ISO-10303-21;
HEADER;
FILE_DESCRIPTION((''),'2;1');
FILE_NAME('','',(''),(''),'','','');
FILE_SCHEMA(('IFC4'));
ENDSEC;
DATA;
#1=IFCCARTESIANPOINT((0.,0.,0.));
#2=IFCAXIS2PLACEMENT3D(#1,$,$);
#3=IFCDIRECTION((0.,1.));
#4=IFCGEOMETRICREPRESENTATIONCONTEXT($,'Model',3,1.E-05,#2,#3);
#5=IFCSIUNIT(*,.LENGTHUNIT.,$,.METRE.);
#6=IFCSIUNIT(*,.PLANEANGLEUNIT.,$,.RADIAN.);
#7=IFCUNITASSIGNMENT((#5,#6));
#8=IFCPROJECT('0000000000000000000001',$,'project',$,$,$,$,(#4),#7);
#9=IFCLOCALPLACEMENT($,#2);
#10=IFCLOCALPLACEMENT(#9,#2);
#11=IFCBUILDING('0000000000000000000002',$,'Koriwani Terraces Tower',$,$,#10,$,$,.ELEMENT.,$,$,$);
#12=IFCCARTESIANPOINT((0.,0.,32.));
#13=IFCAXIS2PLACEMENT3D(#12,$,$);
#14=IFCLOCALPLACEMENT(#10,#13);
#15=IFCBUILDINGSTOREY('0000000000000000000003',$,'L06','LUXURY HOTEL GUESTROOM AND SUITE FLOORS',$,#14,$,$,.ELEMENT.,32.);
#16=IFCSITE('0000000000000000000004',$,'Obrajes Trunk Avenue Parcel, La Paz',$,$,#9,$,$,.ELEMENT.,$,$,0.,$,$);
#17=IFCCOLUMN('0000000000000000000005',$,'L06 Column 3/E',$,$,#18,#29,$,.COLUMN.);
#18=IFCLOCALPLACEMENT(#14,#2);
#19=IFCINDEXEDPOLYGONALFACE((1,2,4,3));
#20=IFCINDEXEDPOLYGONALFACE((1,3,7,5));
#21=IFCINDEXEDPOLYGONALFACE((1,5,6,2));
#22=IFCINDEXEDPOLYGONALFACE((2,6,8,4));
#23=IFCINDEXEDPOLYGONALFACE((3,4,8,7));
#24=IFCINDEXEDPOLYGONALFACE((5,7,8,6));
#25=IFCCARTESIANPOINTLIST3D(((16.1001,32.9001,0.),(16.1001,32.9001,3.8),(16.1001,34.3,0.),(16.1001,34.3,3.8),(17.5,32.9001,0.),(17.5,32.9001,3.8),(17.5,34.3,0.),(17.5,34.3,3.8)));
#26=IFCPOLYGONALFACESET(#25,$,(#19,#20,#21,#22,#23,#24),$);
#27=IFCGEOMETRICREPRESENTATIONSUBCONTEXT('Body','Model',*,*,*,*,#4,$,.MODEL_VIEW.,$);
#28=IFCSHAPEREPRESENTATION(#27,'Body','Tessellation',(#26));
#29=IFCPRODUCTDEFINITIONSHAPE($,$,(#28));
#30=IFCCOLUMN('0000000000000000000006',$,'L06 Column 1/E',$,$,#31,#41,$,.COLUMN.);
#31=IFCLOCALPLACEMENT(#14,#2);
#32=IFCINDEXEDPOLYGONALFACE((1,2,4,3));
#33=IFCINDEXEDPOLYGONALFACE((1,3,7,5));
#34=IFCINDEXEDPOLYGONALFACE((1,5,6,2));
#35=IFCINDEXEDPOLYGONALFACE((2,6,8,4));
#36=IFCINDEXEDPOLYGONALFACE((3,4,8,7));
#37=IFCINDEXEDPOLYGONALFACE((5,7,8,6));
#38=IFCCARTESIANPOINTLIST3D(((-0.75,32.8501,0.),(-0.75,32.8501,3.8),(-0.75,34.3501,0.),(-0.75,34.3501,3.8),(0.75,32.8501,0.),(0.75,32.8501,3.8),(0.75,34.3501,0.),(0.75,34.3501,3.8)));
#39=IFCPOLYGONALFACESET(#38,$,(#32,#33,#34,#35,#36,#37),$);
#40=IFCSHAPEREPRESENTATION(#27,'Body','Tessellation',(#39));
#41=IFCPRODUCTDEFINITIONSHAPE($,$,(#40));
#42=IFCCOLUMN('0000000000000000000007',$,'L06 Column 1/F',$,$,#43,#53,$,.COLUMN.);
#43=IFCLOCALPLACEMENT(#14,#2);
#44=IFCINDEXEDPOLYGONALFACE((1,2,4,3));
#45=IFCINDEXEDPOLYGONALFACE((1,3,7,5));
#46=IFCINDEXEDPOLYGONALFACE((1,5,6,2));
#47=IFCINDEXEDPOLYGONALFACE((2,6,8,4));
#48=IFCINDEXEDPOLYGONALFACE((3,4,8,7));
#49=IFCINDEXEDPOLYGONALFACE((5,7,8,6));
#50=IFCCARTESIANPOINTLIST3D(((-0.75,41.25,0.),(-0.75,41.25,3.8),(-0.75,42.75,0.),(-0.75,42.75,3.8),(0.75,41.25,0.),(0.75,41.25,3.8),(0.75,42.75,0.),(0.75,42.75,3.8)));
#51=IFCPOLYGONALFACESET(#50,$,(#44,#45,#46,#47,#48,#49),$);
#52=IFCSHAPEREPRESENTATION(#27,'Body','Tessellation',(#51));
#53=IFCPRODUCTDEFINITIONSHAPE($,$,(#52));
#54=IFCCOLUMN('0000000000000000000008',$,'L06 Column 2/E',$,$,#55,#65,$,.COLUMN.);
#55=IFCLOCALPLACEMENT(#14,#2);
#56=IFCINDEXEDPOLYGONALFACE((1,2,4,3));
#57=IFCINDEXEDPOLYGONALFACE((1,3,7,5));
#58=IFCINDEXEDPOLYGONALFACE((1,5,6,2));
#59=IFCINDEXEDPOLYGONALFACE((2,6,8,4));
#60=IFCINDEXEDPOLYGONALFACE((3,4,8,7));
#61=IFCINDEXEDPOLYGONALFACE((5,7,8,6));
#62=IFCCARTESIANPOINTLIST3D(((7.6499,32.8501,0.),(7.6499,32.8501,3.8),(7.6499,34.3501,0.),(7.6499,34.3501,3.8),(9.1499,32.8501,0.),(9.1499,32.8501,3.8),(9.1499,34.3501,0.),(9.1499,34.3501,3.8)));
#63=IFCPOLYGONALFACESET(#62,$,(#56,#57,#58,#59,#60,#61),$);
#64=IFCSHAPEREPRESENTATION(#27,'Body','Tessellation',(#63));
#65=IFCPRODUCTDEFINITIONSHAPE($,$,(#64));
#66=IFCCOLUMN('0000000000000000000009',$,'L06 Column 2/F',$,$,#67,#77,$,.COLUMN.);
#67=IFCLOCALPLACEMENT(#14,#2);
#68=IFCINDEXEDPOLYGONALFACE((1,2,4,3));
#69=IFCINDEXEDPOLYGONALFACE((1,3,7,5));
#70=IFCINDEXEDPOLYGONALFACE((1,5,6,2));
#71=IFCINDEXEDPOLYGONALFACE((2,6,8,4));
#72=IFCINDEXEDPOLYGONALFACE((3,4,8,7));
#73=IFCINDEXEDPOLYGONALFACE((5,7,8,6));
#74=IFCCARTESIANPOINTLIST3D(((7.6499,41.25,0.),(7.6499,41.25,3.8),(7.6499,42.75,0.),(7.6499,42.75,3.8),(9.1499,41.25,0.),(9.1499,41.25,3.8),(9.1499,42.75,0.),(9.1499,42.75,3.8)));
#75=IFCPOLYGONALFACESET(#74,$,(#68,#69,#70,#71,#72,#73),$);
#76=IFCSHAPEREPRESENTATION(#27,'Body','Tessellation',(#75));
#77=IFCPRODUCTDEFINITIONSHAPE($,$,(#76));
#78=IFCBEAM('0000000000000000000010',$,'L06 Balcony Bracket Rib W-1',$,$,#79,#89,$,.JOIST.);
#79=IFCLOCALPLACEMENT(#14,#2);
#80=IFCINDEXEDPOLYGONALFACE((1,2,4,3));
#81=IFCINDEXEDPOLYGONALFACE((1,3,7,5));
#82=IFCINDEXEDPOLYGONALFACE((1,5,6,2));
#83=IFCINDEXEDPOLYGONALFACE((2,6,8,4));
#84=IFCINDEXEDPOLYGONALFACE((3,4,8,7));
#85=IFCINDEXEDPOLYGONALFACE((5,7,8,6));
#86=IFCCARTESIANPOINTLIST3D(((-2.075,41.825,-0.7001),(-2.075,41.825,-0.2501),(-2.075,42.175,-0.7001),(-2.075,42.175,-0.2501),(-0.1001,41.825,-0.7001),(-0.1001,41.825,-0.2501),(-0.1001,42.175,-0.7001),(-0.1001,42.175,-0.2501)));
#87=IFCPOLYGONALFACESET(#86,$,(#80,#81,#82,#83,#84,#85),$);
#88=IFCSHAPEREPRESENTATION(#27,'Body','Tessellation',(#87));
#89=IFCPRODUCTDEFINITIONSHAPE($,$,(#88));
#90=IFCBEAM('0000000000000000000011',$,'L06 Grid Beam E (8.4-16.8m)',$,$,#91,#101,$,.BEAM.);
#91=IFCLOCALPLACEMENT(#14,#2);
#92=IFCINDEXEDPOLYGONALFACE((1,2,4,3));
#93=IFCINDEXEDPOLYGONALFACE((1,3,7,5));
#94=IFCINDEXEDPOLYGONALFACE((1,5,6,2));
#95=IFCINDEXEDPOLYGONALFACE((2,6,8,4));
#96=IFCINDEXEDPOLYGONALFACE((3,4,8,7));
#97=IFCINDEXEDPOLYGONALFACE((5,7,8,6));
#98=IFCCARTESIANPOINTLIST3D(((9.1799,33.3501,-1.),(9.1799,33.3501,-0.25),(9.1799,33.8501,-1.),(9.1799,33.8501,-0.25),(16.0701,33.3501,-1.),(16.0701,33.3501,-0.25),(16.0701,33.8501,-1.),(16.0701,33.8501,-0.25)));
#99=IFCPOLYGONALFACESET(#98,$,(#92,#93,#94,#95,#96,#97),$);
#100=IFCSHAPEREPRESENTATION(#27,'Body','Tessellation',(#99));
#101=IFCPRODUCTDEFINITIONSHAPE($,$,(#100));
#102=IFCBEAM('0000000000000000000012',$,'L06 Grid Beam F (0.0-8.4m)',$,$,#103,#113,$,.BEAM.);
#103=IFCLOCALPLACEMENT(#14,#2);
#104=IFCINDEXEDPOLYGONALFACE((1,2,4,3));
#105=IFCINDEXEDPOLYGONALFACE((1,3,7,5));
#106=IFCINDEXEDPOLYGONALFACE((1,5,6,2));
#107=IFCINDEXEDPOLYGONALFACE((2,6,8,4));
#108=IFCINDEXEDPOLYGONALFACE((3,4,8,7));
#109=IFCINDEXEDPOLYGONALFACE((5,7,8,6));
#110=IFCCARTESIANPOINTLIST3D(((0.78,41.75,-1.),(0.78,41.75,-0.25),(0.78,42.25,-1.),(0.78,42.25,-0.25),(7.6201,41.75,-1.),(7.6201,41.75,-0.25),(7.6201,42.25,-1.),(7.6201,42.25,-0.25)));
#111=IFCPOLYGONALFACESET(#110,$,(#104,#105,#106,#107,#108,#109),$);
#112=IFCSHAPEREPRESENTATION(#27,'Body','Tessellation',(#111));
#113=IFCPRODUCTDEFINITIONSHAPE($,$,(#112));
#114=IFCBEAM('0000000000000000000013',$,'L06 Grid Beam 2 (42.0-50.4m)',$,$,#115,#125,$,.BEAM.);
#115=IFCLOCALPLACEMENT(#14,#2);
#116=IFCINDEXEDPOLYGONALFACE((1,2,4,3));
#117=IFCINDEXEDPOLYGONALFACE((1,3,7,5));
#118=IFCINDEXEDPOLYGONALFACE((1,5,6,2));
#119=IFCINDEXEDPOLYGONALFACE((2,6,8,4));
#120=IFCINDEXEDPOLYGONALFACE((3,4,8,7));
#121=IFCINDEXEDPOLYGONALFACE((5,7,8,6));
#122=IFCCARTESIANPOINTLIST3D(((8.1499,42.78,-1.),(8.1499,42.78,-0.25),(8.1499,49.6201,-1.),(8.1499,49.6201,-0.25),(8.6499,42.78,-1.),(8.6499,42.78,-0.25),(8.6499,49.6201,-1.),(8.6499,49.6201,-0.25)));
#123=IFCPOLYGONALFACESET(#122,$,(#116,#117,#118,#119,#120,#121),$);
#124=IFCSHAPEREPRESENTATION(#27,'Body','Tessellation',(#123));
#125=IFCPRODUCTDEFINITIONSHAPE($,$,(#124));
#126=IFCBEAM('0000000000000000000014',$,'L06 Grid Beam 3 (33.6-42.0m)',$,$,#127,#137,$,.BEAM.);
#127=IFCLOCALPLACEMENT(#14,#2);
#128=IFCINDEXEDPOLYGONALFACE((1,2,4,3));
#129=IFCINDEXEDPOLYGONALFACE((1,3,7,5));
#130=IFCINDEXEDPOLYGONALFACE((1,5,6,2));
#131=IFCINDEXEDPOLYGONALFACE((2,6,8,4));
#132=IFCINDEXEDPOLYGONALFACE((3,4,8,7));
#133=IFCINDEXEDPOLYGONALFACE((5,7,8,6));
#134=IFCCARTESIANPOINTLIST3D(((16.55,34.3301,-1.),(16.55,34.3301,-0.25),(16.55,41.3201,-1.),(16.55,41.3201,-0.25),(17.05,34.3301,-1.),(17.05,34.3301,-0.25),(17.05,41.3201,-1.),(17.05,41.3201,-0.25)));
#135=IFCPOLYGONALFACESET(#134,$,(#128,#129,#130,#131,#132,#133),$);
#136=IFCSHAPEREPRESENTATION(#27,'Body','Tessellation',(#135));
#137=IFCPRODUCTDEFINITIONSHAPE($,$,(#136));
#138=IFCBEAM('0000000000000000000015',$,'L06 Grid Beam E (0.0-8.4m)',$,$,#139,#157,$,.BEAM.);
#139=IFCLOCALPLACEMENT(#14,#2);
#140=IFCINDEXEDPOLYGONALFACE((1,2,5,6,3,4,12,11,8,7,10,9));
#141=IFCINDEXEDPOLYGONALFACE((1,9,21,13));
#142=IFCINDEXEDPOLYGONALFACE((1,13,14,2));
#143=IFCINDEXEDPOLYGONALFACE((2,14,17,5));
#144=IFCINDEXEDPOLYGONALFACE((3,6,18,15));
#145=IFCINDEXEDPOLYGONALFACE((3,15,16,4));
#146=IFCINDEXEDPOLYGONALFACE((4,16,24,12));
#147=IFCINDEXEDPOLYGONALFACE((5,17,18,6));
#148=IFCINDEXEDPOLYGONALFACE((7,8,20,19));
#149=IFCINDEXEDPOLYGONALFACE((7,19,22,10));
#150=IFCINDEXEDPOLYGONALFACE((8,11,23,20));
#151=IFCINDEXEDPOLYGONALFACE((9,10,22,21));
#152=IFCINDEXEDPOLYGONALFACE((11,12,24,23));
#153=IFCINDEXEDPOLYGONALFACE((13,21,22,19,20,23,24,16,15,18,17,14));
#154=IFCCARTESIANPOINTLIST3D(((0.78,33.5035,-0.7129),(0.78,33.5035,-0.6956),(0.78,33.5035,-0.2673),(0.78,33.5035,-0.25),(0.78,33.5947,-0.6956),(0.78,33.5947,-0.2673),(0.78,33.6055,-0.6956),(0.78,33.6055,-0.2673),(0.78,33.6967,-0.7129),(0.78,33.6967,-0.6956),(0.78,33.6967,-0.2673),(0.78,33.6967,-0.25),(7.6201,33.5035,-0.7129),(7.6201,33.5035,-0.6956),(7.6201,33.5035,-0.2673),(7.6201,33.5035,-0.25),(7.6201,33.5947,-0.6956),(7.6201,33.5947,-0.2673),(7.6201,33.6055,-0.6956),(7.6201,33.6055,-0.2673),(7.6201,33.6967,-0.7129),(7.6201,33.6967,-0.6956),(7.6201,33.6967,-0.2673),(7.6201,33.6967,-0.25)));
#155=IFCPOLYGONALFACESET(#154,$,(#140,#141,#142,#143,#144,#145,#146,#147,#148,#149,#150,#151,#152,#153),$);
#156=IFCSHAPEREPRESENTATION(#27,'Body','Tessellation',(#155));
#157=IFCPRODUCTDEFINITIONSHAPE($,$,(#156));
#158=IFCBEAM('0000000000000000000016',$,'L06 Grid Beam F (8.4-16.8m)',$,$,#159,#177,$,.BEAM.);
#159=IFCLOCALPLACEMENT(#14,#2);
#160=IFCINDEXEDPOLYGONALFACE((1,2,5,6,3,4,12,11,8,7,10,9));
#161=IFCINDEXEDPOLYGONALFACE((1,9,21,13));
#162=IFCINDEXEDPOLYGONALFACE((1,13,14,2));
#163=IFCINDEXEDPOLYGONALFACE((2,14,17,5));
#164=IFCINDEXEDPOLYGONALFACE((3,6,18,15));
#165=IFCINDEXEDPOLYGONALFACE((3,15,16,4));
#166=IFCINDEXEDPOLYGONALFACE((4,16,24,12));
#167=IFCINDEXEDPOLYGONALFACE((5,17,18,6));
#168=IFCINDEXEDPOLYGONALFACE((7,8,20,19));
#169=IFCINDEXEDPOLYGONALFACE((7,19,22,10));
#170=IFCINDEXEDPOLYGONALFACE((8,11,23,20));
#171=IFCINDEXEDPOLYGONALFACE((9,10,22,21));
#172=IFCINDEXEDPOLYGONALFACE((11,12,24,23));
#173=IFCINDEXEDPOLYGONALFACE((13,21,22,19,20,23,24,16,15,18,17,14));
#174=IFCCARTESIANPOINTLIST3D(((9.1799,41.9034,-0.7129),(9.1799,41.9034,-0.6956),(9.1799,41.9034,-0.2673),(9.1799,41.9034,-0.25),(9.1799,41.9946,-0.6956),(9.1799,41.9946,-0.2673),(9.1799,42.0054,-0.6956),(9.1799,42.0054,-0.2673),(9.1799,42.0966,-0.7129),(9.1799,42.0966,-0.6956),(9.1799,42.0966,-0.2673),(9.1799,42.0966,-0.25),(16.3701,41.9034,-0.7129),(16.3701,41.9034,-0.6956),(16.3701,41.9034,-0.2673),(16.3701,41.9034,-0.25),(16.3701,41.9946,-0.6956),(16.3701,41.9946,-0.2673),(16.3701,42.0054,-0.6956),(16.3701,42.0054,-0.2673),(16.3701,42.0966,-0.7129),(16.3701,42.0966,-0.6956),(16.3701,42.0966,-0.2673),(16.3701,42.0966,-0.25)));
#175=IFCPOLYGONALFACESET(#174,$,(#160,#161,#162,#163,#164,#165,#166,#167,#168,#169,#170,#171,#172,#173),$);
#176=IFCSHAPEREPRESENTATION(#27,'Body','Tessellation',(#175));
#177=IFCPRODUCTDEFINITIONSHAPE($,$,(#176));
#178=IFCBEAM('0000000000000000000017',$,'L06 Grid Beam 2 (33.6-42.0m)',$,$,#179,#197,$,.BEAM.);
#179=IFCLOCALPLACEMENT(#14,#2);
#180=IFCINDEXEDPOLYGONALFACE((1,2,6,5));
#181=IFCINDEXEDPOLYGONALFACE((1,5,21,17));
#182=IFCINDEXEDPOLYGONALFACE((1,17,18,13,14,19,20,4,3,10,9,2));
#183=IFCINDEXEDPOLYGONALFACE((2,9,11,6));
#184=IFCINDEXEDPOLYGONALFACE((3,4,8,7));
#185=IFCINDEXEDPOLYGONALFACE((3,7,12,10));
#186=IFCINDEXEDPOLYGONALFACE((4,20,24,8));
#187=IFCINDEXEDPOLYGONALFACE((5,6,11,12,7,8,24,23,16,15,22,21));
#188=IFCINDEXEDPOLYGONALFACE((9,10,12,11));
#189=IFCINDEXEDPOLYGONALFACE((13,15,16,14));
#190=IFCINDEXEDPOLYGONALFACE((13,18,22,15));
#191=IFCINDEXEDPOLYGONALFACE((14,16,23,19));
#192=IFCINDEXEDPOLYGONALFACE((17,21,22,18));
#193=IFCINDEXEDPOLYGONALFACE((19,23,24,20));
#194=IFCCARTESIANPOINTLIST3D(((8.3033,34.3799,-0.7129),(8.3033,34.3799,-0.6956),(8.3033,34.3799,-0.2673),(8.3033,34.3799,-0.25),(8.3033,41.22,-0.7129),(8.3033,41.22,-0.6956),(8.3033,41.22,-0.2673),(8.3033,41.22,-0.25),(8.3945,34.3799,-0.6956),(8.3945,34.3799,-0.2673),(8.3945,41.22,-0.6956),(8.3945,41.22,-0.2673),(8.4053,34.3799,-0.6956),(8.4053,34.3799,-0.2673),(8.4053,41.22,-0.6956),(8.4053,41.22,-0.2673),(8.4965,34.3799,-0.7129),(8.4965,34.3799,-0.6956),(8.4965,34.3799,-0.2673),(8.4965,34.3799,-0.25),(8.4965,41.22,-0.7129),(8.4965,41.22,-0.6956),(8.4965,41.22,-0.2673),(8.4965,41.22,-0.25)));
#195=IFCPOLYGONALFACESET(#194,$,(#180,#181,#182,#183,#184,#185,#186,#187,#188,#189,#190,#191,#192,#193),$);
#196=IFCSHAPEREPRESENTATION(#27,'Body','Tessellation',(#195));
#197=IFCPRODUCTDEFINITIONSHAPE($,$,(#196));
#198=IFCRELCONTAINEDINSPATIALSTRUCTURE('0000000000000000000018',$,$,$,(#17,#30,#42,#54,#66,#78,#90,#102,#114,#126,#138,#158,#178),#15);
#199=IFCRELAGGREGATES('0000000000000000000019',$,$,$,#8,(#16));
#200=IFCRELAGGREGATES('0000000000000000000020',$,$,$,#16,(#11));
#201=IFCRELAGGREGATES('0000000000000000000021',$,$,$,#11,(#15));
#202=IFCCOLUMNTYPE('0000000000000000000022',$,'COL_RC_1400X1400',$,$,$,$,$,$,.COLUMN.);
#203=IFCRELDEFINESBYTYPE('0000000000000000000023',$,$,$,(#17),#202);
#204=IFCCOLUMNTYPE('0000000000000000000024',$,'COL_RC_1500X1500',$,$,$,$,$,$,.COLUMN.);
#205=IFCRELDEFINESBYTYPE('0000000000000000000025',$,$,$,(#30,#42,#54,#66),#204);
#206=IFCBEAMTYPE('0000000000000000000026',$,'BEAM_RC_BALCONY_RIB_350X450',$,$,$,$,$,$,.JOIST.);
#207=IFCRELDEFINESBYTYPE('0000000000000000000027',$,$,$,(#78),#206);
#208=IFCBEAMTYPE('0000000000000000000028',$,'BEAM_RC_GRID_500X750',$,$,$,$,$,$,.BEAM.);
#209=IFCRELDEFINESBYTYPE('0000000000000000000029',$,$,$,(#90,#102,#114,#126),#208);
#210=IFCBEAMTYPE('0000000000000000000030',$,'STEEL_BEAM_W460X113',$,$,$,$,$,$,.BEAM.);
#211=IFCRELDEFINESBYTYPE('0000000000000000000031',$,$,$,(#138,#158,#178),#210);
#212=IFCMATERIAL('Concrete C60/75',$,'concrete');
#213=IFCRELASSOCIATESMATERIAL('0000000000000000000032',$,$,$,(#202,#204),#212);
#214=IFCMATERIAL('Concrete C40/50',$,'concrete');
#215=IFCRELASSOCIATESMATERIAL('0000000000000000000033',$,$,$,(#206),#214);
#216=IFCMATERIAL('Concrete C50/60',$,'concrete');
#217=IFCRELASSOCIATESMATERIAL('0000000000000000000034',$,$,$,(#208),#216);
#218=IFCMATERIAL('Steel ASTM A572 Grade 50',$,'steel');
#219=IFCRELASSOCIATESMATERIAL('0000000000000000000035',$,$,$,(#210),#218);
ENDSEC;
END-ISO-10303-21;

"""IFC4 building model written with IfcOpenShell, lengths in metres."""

from ifc_helpers import new_model, si_unit, direction, frame, origin, origin_2d, place, context, subcontext, project, spatial, rectangle, i_section, extrude, material, material_profile, profile_set, type_object, element, save


model = new_model("IFC4")

# Units and contexts
model_context = context("Model", 3, precision=1e-05, world=origin(), true_north=direction((0.0, 1.0)))
body_context = subcontext(model_context, "Body", "Model", "MODEL_VIEW")
ifc_project = project(units=[si_unit("LENGTHUNIT", "METRE"), si_unit("PLANEANGLEUNIT", "RADIAN")], contexts=[model_context])

# Site, building, storey
site_placement = place(None, origin())
site = spatial("IfcSite", under=ifc_project, at=site_placement, Name="Obrajes Trunk Avenue Parcel, La Paz", CompositionType="ELEMENT", RefElevation=0.0)
building_placement = place(site_placement, origin())
building = spatial("IfcBuilding", under=site, at=building_placement, Name="Koriwani Terraces Tower", CompositionType="ELEMENT")
storey_placement = place(building_placement, frame((0.0, 0.0, 32.0)))
storey = spatial("IfcBuildingStorey", under=building, at=storey_placement, Name="L06", Description="LUXURY HOTEL GUESTROOM AND SUITE FLOORS", CompositionType="ELEMENT", Elevation=32.0)

# Columns
ifc_material_1 = material(Name="Concrete C60/75", Category="concrete")
ifc_material_profile_1 = material_profile(ifc_material_1, rectangle(XDim=1.3999, YDim=1.3999, at=origin_2d()), Name="Concrete C60/75", Category="LoadBearing")
ifc_profile_set_1 = profile_set([ifc_material_profile_1], Name="Concrete C60/75")
column_type_1 = type_object("IfcColumnType", Name="COL_RC_1400X1400", PredefinedType="COLUMN", material=ifc_profile_set_1)
column_placement = place(storey_placement, frame((16.8, 33.6001, 0.0), z_axis=(0.0, 0.0, 1.0), x_axis=(1.0, 0.0, 0.0)))
element("IfcColumn", 1, at=column_placement, inside=storey, type_object=column_type_1, Name="L06 Column 3/E", PredefinedType="COLUMN", context=body_context, shape_type="SweptSolid", body=[
    extrude(rectangle(XDim=1.3999, YDim=1.3999, at=origin_2d()), origin(), (0.0, 0.0, 1.0), 3.8),
])
ifc_material_profile_2 = material_profile(ifc_material_1, rectangle(XDim=1.5, YDim=1.5, at=origin_2d()), Name="Concrete C60/75", Category="LoadBearing")
ifc_profile_set_2 = profile_set([ifc_material_profile_2], Name="Concrete C60/75")
column_type_2 = type_object("IfcColumnType", Name="COL_RC_1500X1500", PredefinedType="COLUMN", material=ifc_profile_set_2)
for number, where, z_axis, x_axis, name in (
    (2, (0.0, 33.6001, 0.0), (0.0, 0.0, 1.0), (1.0, 0.0, 0.0), "L06 Column 1/E"),
    (3, (0.0, 42.0, 0.0), (0.0, 0.0, 1.0), (1.0, 0.0, 0.0), "L06 Column 1/F"),
    (4, (8.3999, 33.6001, 0.0), (0.0, 0.0, 1.0), (1.0, 0.0, 0.0), "L06 Column 2/E"),
    (5, (8.3999, 42.0, 0.0), (0.0, 0.0, 1.0), (1.0, 0.0, 0.0), "L06 Column 2/F"),
):
    element("IfcColumn", number, at=place(storey_placement, frame(where, z_axis=z_axis, x_axis=x_axis)), inside=storey, type_object=column_type_2, Name=name, PredefinedType="COLUMN", context=body_context, shape_type="SweptSolid", body=[
        extrude(rectangle(XDim=1.5, YDim=1.5, at=origin_2d()), origin(), (0.0, 0.0, 1.0), 3.8),
    ])

# Beams
ifc_material_2 = material(Name="Concrete C40/50", Category="concrete")
ifc_material_profile_3 = material_profile(ifc_material_2, rectangle(XDim=0.3501, YDim=0.45, at=origin_2d()), Name="Concrete C40/50", Category="LoadBearing")
ifc_profile_set_3 = profile_set([ifc_material_profile_3], Name="Concrete C40/50")
beam_type_1 = type_object("IfcBeamType", Name="BEAM_RC_BALCONY_RIB_350X450", PredefinedType="JOIST", material=ifc_profile_set_3)
beam_1_placement = place(storey_placement, frame((-2.075, 42.0, -0.4751), z_axis=(1.0, 0.0, 0.0), x_axis=(0.0, 1.0, 0.0)))
element("IfcBeam", 6, at=beam_1_placement, inside=storey, type_object=beam_type_1, Name="L06 Balcony Bracket Rib W-1", PredefinedType="JOIST", context=body_context, shape_type="SweptSolid", body=[
    extrude(rectangle(XDim=0.3501, YDim=0.45, at=origin_2d()), origin(), (0.0, 0.0, 1.0), 1.9749),
])
ifc_material_3 = material(Name="Concrete C50/60", Category="concrete")
ifc_material_profile_4 = material_profile(ifc_material_3, rectangle(XDim=0.5, YDim=0.75, at=origin_2d()), Name="Concrete C50/60", Category="LoadBearing")
ifc_profile_set_4 = profile_set([ifc_material_profile_4], Name="Concrete C50/60")
beam_type_2 = type_object("IfcBeamType", Name="BEAM_RC_GRID_500X750", PredefinedType="BEAM", material=ifc_profile_set_4)
beam_2_placement = place(storey_placement, frame((9.1799, 33.6001, -0.625), z_axis=(1.0, 0.0, 0.0), x_axis=(0.0, 1.0, 0.0)))
element("IfcBeam", 7, at=beam_2_placement, inside=storey, type_object=beam_type_2, Name="L06 Grid Beam E (8.4-16.8m)", PredefinedType="BEAM", context=body_context, shape_type="SweptSolid", body=[
    extrude(rectangle(XDim=0.5, YDim=0.75, at=origin_2d()), origin(), (0.0, 0.0, 1.0), 6.8901),
])
for number, where, z_axis, x_axis, name in (
    (8, (0.78, 42.0, -0.625), (1.0, 0.0, 0.0), (0.0, 1.0, 0.0), "L06 Grid Beam F (0.0-8.4m)"),
    (9, (8.3999, 42.78, -0.625), (0.0, 1.0, 0.0), (-1.0, 0.0, 0.0), "L06 Grid Beam 2 (42.0-50.4m)"),
):
    element("IfcBeam", number, at=place(storey_placement, frame(where, z_axis=z_axis, x_axis=x_axis)), inside=storey, type_object=beam_type_2, Name=name, PredefinedType="BEAM", context=body_context, shape_type="SweptSolid", body=[
        extrude(rectangle(XDim=0.5, YDim=0.75, at=origin_2d()), origin(), (0.0, 0.0, 1.0), 6.8401),
    ])
beam_3_placement = place(storey_placement, frame((16.8, 34.3301, -0.625), z_axis=(0.0, 1.0, 0.0), x_axis=(-1.0, 0.0, 0.0)))
element("IfcBeam", 10, at=beam_3_placement, inside=storey, type_object=beam_type_2, Name="L06 Grid Beam 3 (33.6-42.0m)", PredefinedType="BEAM", context=body_context, shape_type="SweptSolid", body=[
    extrude(rectangle(XDim=0.5, YDim=0.75, at=origin_2d()), origin(), (0.0, 0.0, 1.0), 6.99),
])
ifc_material_4 = material(Name="Steel ASTM A572 Grade 50", Category="steel")
ifc_material_profile_5 = material_profile(ifc_material_4, i_section(OverallWidth=0.1931, OverallDepth=0.4629, WebThickness=0.0107, FlangeThickness=0.0173, at=origin_2d()), Name="Steel ASTM A572 Grade 50", Category="LoadBearing")
ifc_profile_set_5 = profile_set([ifc_material_profile_5], Name="Steel ASTM A572 Grade 50")
beam_type_3 = type_object("IfcBeamType", Name="STEEL_BEAM_W460X113", PredefinedType="BEAM", material=ifc_profile_set_5)
beam_4_placement = place(storey_placement, frame((0.78, 33.6001, -0.4814), z_axis=(1.0, 0.0, 0.0), x_axis=(0.0, 1.0, 0.0)))
element("IfcBeam", 11, at=beam_4_placement, inside=storey, type_object=beam_type_3, Name="L06 Grid Beam E (0.0-8.4m)", PredefinedType="BEAM", context=body_context, shape_type="SweptSolid", body=[
    extrude(i_section(OverallWidth=0.1931, OverallDepth=0.4629, WebThickness=0.0107, FlangeThickness=0.0173, at=origin_2d()), origin(), (0.0, 0.0, 1.0), 6.8401),
])
beam_5_placement = place(storey_placement, frame((9.1799, 42.0, -0.4814), z_axis=(1.0, 0.0, 0.0), x_axis=(0.0, 1.0, 0.0)))
element("IfcBeam", 12, at=beam_5_placement, inside=storey, type_object=beam_type_3, Name="L06 Grid Beam F (8.4-16.8m)", PredefinedType="BEAM", context=body_context, shape_type="SweptSolid", body=[
    extrude(i_section(OverallWidth=0.1931, OverallDepth=0.4629, WebThickness=0.0107, FlangeThickness=0.0173, at=origin_2d()), origin(), (0.0, 0.0, 1.0), 7.1902),
])
beam_6_placement = place(storey_placement, frame((8.3999, 34.3799, -0.4814), z_axis=(0.0, 1.0, 0.0), x_axis=(-1.0, 0.0, 0.0)))
element("IfcBeam", 13, at=beam_6_placement, inside=storey, type_object=beam_type_3, Name="L06 Grid Beam 2 (33.6-42.0m)", PredefinedType="BEAM", context=body_context, shape_type="SweptSolid", body=[
    extrude(i_section(OverallWidth=0.1931, OverallDepth=0.4629, WebThickness=0.0107, FlangeThickness=0.0173, at=origin_2d()), origin(), (0.0, 0.0, 1.0), 6.8401),
])

save(model, "model.ifc")
